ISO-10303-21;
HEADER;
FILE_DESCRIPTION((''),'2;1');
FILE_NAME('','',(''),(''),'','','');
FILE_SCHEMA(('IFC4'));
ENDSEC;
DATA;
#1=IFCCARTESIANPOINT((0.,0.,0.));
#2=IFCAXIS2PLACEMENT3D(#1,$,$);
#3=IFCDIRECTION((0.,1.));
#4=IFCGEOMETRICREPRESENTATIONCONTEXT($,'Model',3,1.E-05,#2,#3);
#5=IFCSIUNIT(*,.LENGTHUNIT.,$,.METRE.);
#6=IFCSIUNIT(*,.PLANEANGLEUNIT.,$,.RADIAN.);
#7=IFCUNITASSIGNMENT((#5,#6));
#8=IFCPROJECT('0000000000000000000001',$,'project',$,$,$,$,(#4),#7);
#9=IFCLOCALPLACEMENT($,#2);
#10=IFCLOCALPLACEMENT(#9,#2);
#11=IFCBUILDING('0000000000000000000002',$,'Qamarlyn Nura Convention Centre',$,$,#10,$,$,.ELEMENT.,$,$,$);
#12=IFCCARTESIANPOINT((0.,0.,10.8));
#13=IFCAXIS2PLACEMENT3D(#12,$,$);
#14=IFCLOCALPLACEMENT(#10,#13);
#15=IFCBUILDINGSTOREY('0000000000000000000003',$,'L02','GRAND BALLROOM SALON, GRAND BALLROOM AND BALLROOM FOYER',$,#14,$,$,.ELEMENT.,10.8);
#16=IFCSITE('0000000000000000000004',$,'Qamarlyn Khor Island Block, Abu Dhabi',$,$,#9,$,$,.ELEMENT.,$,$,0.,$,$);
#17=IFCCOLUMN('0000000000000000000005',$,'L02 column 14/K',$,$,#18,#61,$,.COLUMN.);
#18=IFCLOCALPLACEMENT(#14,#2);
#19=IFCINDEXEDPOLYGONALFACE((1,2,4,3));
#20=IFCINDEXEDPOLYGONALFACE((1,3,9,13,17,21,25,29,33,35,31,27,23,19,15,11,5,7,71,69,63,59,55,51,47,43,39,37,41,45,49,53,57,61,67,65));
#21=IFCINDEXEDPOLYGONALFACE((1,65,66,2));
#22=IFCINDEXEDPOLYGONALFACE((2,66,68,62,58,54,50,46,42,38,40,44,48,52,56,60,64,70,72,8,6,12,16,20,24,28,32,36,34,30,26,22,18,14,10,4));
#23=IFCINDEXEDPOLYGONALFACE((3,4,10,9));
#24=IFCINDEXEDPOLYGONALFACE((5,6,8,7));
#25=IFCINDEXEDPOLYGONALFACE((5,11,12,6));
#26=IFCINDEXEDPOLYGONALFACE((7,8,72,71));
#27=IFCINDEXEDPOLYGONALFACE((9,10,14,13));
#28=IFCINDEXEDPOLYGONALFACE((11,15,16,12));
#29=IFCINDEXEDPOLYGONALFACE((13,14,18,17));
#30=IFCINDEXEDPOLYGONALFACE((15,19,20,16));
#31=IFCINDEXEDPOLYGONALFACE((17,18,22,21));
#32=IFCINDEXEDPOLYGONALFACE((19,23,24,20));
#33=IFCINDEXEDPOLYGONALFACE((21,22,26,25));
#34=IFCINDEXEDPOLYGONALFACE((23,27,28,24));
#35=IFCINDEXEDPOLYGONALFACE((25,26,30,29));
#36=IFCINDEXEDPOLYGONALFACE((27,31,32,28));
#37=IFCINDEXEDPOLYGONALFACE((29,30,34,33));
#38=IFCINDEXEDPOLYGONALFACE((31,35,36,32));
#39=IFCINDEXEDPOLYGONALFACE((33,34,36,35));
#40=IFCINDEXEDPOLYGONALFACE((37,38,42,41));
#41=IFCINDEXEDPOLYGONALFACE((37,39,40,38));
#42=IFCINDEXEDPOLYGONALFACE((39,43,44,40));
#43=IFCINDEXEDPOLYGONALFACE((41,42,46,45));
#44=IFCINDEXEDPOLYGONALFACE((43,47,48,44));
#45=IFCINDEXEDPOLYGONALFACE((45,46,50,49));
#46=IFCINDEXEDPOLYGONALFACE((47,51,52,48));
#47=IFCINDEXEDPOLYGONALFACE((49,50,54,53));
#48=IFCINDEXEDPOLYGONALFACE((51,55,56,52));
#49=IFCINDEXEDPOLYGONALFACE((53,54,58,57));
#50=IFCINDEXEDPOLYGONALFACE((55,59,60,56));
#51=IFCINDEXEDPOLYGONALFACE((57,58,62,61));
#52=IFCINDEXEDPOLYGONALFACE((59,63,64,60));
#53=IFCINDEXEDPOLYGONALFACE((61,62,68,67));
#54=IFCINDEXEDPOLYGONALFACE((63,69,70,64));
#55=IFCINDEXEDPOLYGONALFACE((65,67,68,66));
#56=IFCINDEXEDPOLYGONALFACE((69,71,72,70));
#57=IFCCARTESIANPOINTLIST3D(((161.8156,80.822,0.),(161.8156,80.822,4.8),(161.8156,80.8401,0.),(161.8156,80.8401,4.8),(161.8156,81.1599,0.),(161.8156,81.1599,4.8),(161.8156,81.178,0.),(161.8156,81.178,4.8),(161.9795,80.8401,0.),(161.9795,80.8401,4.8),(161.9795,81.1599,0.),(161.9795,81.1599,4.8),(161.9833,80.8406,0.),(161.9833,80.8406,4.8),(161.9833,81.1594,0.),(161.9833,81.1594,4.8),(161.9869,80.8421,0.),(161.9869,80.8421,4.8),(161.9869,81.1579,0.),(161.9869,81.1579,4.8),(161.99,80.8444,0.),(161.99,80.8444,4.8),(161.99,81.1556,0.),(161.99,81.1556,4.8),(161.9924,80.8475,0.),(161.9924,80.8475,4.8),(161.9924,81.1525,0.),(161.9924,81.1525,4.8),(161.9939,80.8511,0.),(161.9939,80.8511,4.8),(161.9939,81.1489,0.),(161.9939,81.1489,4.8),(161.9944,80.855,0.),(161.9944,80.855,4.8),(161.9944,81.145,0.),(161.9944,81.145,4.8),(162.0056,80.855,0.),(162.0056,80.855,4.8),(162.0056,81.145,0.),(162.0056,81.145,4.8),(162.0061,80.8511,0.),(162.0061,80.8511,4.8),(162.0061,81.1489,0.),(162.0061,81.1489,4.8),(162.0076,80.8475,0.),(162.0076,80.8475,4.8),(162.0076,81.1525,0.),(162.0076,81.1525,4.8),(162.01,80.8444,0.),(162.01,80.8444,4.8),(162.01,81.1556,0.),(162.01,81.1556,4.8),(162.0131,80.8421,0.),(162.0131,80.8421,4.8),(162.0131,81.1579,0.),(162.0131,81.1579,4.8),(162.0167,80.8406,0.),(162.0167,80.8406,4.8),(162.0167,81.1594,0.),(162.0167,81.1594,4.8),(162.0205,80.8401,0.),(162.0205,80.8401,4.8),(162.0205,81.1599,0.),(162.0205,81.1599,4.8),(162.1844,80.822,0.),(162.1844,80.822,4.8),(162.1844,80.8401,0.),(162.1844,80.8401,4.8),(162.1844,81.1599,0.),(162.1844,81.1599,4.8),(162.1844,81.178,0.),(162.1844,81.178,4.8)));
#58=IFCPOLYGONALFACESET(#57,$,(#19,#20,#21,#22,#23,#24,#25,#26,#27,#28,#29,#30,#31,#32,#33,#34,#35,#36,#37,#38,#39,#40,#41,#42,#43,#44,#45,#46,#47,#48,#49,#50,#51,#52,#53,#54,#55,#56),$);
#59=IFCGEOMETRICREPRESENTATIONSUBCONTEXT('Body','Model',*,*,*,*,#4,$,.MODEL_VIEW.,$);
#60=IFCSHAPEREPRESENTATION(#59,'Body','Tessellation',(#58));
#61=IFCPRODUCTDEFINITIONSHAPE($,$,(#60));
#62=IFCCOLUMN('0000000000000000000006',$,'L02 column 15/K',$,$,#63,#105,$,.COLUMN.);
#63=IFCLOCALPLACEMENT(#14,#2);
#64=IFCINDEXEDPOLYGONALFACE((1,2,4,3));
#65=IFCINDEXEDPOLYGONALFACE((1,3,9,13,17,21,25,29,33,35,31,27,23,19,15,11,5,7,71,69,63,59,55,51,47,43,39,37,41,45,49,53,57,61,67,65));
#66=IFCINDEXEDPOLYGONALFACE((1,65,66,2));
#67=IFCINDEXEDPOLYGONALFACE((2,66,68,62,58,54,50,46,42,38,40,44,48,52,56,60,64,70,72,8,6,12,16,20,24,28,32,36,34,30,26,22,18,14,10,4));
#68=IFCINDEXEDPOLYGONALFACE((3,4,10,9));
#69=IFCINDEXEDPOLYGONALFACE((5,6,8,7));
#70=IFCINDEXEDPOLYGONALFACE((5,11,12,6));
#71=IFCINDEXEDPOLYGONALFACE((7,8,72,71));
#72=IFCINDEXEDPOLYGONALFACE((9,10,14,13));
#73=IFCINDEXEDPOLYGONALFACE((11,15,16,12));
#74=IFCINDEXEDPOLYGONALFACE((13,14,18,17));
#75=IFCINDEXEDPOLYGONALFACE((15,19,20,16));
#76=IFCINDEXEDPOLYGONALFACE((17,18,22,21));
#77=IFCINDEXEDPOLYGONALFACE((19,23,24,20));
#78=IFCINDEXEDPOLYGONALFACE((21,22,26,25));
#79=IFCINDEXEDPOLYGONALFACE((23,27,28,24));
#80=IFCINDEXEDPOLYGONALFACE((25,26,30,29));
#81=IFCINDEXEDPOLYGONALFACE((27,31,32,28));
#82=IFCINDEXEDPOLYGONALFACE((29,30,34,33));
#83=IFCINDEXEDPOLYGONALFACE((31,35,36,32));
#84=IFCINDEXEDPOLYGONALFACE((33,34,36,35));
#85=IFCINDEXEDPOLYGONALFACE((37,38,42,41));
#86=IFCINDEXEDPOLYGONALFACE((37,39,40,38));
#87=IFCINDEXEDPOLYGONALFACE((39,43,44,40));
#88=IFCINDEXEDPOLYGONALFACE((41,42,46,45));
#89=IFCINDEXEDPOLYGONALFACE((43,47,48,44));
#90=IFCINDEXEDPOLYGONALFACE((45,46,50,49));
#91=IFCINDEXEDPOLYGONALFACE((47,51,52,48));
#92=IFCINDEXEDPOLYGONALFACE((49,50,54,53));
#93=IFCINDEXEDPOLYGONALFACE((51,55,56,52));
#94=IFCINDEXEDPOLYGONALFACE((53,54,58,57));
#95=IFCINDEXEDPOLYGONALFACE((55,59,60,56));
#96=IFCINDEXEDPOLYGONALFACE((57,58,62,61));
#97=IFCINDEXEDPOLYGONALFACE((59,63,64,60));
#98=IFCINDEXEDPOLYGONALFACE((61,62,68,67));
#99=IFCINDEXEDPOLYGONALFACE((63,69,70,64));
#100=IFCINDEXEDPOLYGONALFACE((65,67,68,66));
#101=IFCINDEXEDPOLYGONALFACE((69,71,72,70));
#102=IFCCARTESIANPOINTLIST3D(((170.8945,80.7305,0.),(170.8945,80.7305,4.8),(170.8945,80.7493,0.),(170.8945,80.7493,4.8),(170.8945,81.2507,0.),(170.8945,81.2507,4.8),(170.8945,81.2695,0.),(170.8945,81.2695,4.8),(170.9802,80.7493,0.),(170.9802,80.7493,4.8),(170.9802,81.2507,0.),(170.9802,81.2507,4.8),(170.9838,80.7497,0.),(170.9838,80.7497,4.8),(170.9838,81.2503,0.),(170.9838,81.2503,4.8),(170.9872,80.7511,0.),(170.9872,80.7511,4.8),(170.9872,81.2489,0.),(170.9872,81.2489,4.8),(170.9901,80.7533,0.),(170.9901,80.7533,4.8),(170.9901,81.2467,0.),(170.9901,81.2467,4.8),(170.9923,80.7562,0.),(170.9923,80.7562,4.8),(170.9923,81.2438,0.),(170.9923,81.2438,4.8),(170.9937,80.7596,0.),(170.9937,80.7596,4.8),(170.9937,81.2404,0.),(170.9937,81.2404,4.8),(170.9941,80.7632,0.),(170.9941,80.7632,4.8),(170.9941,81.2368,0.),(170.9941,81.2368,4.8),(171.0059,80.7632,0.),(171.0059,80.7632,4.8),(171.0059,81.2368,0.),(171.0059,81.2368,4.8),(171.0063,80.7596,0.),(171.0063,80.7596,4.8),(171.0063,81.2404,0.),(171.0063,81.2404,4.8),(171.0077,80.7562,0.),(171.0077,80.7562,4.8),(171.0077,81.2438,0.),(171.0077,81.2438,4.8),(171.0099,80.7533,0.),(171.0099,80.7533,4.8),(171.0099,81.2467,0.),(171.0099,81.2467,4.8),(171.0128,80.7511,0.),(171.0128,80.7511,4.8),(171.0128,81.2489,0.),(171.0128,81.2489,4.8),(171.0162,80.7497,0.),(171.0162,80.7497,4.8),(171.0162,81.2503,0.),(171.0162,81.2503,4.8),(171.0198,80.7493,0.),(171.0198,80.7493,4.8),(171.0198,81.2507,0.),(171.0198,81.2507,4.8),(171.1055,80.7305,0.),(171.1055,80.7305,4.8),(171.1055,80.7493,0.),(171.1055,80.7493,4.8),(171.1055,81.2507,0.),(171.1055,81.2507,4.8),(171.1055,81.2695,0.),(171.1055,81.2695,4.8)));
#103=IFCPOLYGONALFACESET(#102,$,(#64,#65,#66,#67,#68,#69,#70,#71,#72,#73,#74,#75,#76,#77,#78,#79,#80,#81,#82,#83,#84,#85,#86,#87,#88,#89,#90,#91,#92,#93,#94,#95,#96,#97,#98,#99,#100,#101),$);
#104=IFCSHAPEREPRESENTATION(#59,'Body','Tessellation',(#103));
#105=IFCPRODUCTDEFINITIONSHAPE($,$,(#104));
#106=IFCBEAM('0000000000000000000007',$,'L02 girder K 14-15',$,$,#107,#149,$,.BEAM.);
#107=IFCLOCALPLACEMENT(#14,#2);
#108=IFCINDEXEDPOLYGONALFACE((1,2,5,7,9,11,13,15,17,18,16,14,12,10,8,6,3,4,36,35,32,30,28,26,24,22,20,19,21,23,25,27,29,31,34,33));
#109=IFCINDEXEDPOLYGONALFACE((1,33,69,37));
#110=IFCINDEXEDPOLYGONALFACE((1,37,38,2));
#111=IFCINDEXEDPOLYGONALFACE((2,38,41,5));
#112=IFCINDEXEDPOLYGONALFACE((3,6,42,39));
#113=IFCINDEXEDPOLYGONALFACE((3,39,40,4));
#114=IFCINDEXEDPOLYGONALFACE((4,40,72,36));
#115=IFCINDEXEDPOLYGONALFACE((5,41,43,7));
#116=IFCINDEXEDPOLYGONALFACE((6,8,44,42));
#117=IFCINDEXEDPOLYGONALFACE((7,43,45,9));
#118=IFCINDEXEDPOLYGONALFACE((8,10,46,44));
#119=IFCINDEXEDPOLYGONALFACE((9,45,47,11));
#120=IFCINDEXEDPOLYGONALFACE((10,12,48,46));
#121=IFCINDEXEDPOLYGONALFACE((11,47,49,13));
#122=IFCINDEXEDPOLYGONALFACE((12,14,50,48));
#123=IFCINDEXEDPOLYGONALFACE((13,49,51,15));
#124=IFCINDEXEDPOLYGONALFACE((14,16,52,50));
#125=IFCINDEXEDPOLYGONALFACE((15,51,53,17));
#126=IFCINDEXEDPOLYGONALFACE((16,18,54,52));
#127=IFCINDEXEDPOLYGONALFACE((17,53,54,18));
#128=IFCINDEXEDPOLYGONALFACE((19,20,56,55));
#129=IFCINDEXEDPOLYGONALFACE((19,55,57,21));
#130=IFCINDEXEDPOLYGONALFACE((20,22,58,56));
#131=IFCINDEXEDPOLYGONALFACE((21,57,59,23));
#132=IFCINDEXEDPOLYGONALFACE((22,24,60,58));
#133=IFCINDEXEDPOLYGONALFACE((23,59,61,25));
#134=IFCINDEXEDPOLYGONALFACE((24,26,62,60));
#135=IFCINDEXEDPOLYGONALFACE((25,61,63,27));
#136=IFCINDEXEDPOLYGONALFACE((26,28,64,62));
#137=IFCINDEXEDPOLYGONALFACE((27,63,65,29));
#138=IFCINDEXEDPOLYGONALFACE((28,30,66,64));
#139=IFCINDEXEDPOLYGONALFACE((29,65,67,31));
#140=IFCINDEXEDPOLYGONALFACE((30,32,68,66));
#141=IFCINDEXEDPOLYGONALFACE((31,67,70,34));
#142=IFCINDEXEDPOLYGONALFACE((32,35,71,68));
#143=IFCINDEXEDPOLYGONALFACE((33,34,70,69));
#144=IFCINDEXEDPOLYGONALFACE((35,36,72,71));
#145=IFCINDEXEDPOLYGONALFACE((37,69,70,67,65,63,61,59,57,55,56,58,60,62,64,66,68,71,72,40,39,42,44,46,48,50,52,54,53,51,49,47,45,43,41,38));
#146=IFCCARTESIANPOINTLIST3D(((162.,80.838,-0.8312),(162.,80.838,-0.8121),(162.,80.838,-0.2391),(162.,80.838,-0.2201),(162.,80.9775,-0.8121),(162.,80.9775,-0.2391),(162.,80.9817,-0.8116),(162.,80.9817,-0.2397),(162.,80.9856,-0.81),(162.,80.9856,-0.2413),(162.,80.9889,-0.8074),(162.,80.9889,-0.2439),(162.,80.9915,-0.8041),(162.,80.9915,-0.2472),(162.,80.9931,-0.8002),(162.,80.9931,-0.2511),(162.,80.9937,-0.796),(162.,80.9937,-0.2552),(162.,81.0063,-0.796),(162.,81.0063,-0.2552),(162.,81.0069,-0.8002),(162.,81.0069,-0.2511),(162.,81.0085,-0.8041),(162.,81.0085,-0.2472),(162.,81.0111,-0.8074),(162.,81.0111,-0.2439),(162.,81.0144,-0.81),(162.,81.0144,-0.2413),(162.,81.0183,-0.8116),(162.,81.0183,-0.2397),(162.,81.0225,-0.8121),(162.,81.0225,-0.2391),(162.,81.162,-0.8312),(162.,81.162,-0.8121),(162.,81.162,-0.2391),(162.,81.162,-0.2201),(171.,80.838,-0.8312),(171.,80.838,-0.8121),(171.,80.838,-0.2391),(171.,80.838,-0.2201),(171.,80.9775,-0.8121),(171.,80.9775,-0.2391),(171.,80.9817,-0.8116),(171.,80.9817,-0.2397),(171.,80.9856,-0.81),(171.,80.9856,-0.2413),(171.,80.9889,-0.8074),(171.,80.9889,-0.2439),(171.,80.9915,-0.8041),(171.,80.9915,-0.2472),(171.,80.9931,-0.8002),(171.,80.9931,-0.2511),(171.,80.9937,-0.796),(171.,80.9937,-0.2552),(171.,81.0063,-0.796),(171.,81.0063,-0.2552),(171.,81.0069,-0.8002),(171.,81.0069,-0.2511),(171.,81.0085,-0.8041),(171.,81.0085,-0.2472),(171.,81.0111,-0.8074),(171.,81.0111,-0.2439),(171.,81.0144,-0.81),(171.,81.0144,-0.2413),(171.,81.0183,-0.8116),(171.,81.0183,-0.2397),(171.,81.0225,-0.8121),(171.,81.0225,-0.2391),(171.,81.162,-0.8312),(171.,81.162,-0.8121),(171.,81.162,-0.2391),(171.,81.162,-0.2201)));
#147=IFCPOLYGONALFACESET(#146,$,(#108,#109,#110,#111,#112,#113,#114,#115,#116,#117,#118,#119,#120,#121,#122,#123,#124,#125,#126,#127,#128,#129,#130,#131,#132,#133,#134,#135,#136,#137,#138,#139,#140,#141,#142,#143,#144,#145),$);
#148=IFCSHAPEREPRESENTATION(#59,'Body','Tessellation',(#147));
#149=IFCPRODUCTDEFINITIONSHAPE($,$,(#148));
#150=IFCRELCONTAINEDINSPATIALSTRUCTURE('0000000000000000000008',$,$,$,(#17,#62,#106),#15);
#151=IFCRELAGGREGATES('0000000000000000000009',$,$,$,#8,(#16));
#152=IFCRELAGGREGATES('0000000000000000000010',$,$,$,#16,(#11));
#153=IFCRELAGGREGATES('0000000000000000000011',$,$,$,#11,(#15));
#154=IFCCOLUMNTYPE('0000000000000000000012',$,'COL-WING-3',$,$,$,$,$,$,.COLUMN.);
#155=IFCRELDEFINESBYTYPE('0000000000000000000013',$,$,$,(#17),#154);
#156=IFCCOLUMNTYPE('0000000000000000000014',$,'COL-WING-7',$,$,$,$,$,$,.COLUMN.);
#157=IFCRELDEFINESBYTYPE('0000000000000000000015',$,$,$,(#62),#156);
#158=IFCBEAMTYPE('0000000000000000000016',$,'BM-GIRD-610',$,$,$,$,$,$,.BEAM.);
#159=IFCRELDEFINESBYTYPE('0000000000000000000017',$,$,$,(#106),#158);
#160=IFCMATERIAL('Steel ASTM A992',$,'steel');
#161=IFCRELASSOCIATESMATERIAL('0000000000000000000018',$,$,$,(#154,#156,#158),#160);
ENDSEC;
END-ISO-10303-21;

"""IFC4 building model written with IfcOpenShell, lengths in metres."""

from ifc_helpers import new_model, si_unit, direction, frame, origin, origin_2d, place, context, subcontext, project, spatial, i_section, extrude, material, material_profile, profile_set, type_object, element, save


model = new_model("IFC4")

# Units and contexts
model_context = context("Model", 3, precision=1e-05, world=origin(), true_north=direction((0.0, 1.0)))
body_context = subcontext(model_context, "Body", "Model", "MODEL_VIEW")
ifc_project = project(units=[si_unit("LENGTHUNIT", "METRE"), si_unit("PLANEANGLEUNIT", "RADIAN")], contexts=[model_context])

# Site, building, storey
site_placement = place(None, origin())
site = spatial("IfcSite", under=ifc_project, at=site_placement, Name="Qamarlyn Khor Island Block, Abu Dhabi", CompositionType="ELEMENT", RefElevation=0.0)
building_placement = place(site_placement, origin())
building = spatial("IfcBuilding", under=site, at=building_placement, Name="Qamarlyn Nura Convention Centre", CompositionType="ELEMENT")
storey_placement = place(building_placement, frame((0.0, 0.0, 10.8)))
storey = spatial("IfcBuildingStorey", under=building, at=storey_placement, Name="L02", Description="GRAND BALLROOM SALON, GRAND BALLROOM AND BALLROOM FOYER", CompositionType="ELEMENT", Elevation=10.8)

# Columns
ifc_material_1 = material(Name="Steel ASTM A992", Category="steel")
ifc_material_profile_1 = material_profile(ifc_material_1, i_section(OverallWidth=0.3689, OverallDepth=0.356, WebThickness=0.0112, FlangeThickness=0.0181, FilletRadius=0.0149, at=origin_2d()), Name="W360X134")
ifc_profile_set_1 = profile_set([ifc_material_profile_1], Name="Steel ASTM A992")
column_type_1 = type_object("IfcColumnType", Name="COL-WING-3", PredefinedType="COLUMN", material=ifc_profile_set_1)
column_1_placement = place(storey_placement, frame((162.0, 81.0, 0.0), z_axis=(0.0, 0.0, 1.0), x_axis=(1.0, 0.0, 0.0)))
element("IfcColumn", 1, at=column_1_placement, inside=storey, type_object=column_type_1, Name="L02 column 14/K", PredefinedType="COLUMN", context=body_context, shape_type="SweptSolid", body=[
    extrude(i_section(OverallWidth=0.3689, OverallDepth=0.356, WebThickness=0.0112, FlangeThickness=0.0181, FilletRadius=0.0149, at=origin_2d()), origin(), (0.0, 0.0, 1.0), 4.8),
])
ifc_material_profile_2 = material_profile(ifc_material_1, i_section(OverallWidth=0.2109, OverallDepth=0.5391, WebThickness=0.0117, FlangeThickness=0.0188, FilletRadius=0.0139, at=origin_2d()), Name="W530X109")
ifc_profile_set_2 = profile_set([ifc_material_profile_2], Name="Steel ASTM A992")
column_type_2 = type_object("IfcColumnType", Name="COL-WING-7", PredefinedType="COLUMN", material=ifc_profile_set_2)
column_2_placement = place(storey_placement, frame((171.0, 81.0, 0.0), z_axis=(0.0, 0.0, 1.0), x_axis=(1.0, 0.0, 0.0)))
element("IfcColumn", 2, at=column_2_placement, inside=storey, type_object=column_type_2, Name="L02 column 15/K", PredefinedType="COLUMN", context=body_context, shape_type="SweptSolid", body=[
    extrude(i_section(OverallWidth=0.2109, OverallDepth=0.5391, WebThickness=0.0117, FlangeThickness=0.0188, FilletRadius=0.0139, at=origin_2d()), origin(), (0.0, 0.0, 1.0), 4.8),
])

# Beam
ifc_material_profile_3 = material_profile(ifc_material_1, i_section(OverallWidth=0.324, OverallDepth=0.6111, WebThickness=0.0127, FlangeThickness=0.019, FilletRadius=0.0161, at=origin_2d()), Name="W610X155")
ifc_profile_set_3 = profile_set([ifc_material_profile_3], Name="Steel ASTM A992")
beam_type_1 = type_object("IfcBeamType", Name="BM-GIRD-610", PredefinedType="BEAM", material=ifc_profile_set_3)
beam_1_placement = place(storey_placement, frame((162.0, 81.0, -0.5256), z_axis=(1.0, 0.0, 0.0), x_axis=(0.0, 1.0, 0.0)))
element("IfcBeam", 3, at=beam_1_placement, inside=storey, type_object=beam_type_1, Name="L02 girder K 14-15", PredefinedType="BEAM", context=body_context, shape_type="SweptSolid", body=[
    extrude(i_section(OverallWidth=0.324, OverallDepth=0.6111, WebThickness=0.0127, FlangeThickness=0.019, FilletRadius=0.0161, at=origin_2d()), origin(), (0.0, 0.0, 1.0), 9.0),
])

save(model, "model.ifc")
